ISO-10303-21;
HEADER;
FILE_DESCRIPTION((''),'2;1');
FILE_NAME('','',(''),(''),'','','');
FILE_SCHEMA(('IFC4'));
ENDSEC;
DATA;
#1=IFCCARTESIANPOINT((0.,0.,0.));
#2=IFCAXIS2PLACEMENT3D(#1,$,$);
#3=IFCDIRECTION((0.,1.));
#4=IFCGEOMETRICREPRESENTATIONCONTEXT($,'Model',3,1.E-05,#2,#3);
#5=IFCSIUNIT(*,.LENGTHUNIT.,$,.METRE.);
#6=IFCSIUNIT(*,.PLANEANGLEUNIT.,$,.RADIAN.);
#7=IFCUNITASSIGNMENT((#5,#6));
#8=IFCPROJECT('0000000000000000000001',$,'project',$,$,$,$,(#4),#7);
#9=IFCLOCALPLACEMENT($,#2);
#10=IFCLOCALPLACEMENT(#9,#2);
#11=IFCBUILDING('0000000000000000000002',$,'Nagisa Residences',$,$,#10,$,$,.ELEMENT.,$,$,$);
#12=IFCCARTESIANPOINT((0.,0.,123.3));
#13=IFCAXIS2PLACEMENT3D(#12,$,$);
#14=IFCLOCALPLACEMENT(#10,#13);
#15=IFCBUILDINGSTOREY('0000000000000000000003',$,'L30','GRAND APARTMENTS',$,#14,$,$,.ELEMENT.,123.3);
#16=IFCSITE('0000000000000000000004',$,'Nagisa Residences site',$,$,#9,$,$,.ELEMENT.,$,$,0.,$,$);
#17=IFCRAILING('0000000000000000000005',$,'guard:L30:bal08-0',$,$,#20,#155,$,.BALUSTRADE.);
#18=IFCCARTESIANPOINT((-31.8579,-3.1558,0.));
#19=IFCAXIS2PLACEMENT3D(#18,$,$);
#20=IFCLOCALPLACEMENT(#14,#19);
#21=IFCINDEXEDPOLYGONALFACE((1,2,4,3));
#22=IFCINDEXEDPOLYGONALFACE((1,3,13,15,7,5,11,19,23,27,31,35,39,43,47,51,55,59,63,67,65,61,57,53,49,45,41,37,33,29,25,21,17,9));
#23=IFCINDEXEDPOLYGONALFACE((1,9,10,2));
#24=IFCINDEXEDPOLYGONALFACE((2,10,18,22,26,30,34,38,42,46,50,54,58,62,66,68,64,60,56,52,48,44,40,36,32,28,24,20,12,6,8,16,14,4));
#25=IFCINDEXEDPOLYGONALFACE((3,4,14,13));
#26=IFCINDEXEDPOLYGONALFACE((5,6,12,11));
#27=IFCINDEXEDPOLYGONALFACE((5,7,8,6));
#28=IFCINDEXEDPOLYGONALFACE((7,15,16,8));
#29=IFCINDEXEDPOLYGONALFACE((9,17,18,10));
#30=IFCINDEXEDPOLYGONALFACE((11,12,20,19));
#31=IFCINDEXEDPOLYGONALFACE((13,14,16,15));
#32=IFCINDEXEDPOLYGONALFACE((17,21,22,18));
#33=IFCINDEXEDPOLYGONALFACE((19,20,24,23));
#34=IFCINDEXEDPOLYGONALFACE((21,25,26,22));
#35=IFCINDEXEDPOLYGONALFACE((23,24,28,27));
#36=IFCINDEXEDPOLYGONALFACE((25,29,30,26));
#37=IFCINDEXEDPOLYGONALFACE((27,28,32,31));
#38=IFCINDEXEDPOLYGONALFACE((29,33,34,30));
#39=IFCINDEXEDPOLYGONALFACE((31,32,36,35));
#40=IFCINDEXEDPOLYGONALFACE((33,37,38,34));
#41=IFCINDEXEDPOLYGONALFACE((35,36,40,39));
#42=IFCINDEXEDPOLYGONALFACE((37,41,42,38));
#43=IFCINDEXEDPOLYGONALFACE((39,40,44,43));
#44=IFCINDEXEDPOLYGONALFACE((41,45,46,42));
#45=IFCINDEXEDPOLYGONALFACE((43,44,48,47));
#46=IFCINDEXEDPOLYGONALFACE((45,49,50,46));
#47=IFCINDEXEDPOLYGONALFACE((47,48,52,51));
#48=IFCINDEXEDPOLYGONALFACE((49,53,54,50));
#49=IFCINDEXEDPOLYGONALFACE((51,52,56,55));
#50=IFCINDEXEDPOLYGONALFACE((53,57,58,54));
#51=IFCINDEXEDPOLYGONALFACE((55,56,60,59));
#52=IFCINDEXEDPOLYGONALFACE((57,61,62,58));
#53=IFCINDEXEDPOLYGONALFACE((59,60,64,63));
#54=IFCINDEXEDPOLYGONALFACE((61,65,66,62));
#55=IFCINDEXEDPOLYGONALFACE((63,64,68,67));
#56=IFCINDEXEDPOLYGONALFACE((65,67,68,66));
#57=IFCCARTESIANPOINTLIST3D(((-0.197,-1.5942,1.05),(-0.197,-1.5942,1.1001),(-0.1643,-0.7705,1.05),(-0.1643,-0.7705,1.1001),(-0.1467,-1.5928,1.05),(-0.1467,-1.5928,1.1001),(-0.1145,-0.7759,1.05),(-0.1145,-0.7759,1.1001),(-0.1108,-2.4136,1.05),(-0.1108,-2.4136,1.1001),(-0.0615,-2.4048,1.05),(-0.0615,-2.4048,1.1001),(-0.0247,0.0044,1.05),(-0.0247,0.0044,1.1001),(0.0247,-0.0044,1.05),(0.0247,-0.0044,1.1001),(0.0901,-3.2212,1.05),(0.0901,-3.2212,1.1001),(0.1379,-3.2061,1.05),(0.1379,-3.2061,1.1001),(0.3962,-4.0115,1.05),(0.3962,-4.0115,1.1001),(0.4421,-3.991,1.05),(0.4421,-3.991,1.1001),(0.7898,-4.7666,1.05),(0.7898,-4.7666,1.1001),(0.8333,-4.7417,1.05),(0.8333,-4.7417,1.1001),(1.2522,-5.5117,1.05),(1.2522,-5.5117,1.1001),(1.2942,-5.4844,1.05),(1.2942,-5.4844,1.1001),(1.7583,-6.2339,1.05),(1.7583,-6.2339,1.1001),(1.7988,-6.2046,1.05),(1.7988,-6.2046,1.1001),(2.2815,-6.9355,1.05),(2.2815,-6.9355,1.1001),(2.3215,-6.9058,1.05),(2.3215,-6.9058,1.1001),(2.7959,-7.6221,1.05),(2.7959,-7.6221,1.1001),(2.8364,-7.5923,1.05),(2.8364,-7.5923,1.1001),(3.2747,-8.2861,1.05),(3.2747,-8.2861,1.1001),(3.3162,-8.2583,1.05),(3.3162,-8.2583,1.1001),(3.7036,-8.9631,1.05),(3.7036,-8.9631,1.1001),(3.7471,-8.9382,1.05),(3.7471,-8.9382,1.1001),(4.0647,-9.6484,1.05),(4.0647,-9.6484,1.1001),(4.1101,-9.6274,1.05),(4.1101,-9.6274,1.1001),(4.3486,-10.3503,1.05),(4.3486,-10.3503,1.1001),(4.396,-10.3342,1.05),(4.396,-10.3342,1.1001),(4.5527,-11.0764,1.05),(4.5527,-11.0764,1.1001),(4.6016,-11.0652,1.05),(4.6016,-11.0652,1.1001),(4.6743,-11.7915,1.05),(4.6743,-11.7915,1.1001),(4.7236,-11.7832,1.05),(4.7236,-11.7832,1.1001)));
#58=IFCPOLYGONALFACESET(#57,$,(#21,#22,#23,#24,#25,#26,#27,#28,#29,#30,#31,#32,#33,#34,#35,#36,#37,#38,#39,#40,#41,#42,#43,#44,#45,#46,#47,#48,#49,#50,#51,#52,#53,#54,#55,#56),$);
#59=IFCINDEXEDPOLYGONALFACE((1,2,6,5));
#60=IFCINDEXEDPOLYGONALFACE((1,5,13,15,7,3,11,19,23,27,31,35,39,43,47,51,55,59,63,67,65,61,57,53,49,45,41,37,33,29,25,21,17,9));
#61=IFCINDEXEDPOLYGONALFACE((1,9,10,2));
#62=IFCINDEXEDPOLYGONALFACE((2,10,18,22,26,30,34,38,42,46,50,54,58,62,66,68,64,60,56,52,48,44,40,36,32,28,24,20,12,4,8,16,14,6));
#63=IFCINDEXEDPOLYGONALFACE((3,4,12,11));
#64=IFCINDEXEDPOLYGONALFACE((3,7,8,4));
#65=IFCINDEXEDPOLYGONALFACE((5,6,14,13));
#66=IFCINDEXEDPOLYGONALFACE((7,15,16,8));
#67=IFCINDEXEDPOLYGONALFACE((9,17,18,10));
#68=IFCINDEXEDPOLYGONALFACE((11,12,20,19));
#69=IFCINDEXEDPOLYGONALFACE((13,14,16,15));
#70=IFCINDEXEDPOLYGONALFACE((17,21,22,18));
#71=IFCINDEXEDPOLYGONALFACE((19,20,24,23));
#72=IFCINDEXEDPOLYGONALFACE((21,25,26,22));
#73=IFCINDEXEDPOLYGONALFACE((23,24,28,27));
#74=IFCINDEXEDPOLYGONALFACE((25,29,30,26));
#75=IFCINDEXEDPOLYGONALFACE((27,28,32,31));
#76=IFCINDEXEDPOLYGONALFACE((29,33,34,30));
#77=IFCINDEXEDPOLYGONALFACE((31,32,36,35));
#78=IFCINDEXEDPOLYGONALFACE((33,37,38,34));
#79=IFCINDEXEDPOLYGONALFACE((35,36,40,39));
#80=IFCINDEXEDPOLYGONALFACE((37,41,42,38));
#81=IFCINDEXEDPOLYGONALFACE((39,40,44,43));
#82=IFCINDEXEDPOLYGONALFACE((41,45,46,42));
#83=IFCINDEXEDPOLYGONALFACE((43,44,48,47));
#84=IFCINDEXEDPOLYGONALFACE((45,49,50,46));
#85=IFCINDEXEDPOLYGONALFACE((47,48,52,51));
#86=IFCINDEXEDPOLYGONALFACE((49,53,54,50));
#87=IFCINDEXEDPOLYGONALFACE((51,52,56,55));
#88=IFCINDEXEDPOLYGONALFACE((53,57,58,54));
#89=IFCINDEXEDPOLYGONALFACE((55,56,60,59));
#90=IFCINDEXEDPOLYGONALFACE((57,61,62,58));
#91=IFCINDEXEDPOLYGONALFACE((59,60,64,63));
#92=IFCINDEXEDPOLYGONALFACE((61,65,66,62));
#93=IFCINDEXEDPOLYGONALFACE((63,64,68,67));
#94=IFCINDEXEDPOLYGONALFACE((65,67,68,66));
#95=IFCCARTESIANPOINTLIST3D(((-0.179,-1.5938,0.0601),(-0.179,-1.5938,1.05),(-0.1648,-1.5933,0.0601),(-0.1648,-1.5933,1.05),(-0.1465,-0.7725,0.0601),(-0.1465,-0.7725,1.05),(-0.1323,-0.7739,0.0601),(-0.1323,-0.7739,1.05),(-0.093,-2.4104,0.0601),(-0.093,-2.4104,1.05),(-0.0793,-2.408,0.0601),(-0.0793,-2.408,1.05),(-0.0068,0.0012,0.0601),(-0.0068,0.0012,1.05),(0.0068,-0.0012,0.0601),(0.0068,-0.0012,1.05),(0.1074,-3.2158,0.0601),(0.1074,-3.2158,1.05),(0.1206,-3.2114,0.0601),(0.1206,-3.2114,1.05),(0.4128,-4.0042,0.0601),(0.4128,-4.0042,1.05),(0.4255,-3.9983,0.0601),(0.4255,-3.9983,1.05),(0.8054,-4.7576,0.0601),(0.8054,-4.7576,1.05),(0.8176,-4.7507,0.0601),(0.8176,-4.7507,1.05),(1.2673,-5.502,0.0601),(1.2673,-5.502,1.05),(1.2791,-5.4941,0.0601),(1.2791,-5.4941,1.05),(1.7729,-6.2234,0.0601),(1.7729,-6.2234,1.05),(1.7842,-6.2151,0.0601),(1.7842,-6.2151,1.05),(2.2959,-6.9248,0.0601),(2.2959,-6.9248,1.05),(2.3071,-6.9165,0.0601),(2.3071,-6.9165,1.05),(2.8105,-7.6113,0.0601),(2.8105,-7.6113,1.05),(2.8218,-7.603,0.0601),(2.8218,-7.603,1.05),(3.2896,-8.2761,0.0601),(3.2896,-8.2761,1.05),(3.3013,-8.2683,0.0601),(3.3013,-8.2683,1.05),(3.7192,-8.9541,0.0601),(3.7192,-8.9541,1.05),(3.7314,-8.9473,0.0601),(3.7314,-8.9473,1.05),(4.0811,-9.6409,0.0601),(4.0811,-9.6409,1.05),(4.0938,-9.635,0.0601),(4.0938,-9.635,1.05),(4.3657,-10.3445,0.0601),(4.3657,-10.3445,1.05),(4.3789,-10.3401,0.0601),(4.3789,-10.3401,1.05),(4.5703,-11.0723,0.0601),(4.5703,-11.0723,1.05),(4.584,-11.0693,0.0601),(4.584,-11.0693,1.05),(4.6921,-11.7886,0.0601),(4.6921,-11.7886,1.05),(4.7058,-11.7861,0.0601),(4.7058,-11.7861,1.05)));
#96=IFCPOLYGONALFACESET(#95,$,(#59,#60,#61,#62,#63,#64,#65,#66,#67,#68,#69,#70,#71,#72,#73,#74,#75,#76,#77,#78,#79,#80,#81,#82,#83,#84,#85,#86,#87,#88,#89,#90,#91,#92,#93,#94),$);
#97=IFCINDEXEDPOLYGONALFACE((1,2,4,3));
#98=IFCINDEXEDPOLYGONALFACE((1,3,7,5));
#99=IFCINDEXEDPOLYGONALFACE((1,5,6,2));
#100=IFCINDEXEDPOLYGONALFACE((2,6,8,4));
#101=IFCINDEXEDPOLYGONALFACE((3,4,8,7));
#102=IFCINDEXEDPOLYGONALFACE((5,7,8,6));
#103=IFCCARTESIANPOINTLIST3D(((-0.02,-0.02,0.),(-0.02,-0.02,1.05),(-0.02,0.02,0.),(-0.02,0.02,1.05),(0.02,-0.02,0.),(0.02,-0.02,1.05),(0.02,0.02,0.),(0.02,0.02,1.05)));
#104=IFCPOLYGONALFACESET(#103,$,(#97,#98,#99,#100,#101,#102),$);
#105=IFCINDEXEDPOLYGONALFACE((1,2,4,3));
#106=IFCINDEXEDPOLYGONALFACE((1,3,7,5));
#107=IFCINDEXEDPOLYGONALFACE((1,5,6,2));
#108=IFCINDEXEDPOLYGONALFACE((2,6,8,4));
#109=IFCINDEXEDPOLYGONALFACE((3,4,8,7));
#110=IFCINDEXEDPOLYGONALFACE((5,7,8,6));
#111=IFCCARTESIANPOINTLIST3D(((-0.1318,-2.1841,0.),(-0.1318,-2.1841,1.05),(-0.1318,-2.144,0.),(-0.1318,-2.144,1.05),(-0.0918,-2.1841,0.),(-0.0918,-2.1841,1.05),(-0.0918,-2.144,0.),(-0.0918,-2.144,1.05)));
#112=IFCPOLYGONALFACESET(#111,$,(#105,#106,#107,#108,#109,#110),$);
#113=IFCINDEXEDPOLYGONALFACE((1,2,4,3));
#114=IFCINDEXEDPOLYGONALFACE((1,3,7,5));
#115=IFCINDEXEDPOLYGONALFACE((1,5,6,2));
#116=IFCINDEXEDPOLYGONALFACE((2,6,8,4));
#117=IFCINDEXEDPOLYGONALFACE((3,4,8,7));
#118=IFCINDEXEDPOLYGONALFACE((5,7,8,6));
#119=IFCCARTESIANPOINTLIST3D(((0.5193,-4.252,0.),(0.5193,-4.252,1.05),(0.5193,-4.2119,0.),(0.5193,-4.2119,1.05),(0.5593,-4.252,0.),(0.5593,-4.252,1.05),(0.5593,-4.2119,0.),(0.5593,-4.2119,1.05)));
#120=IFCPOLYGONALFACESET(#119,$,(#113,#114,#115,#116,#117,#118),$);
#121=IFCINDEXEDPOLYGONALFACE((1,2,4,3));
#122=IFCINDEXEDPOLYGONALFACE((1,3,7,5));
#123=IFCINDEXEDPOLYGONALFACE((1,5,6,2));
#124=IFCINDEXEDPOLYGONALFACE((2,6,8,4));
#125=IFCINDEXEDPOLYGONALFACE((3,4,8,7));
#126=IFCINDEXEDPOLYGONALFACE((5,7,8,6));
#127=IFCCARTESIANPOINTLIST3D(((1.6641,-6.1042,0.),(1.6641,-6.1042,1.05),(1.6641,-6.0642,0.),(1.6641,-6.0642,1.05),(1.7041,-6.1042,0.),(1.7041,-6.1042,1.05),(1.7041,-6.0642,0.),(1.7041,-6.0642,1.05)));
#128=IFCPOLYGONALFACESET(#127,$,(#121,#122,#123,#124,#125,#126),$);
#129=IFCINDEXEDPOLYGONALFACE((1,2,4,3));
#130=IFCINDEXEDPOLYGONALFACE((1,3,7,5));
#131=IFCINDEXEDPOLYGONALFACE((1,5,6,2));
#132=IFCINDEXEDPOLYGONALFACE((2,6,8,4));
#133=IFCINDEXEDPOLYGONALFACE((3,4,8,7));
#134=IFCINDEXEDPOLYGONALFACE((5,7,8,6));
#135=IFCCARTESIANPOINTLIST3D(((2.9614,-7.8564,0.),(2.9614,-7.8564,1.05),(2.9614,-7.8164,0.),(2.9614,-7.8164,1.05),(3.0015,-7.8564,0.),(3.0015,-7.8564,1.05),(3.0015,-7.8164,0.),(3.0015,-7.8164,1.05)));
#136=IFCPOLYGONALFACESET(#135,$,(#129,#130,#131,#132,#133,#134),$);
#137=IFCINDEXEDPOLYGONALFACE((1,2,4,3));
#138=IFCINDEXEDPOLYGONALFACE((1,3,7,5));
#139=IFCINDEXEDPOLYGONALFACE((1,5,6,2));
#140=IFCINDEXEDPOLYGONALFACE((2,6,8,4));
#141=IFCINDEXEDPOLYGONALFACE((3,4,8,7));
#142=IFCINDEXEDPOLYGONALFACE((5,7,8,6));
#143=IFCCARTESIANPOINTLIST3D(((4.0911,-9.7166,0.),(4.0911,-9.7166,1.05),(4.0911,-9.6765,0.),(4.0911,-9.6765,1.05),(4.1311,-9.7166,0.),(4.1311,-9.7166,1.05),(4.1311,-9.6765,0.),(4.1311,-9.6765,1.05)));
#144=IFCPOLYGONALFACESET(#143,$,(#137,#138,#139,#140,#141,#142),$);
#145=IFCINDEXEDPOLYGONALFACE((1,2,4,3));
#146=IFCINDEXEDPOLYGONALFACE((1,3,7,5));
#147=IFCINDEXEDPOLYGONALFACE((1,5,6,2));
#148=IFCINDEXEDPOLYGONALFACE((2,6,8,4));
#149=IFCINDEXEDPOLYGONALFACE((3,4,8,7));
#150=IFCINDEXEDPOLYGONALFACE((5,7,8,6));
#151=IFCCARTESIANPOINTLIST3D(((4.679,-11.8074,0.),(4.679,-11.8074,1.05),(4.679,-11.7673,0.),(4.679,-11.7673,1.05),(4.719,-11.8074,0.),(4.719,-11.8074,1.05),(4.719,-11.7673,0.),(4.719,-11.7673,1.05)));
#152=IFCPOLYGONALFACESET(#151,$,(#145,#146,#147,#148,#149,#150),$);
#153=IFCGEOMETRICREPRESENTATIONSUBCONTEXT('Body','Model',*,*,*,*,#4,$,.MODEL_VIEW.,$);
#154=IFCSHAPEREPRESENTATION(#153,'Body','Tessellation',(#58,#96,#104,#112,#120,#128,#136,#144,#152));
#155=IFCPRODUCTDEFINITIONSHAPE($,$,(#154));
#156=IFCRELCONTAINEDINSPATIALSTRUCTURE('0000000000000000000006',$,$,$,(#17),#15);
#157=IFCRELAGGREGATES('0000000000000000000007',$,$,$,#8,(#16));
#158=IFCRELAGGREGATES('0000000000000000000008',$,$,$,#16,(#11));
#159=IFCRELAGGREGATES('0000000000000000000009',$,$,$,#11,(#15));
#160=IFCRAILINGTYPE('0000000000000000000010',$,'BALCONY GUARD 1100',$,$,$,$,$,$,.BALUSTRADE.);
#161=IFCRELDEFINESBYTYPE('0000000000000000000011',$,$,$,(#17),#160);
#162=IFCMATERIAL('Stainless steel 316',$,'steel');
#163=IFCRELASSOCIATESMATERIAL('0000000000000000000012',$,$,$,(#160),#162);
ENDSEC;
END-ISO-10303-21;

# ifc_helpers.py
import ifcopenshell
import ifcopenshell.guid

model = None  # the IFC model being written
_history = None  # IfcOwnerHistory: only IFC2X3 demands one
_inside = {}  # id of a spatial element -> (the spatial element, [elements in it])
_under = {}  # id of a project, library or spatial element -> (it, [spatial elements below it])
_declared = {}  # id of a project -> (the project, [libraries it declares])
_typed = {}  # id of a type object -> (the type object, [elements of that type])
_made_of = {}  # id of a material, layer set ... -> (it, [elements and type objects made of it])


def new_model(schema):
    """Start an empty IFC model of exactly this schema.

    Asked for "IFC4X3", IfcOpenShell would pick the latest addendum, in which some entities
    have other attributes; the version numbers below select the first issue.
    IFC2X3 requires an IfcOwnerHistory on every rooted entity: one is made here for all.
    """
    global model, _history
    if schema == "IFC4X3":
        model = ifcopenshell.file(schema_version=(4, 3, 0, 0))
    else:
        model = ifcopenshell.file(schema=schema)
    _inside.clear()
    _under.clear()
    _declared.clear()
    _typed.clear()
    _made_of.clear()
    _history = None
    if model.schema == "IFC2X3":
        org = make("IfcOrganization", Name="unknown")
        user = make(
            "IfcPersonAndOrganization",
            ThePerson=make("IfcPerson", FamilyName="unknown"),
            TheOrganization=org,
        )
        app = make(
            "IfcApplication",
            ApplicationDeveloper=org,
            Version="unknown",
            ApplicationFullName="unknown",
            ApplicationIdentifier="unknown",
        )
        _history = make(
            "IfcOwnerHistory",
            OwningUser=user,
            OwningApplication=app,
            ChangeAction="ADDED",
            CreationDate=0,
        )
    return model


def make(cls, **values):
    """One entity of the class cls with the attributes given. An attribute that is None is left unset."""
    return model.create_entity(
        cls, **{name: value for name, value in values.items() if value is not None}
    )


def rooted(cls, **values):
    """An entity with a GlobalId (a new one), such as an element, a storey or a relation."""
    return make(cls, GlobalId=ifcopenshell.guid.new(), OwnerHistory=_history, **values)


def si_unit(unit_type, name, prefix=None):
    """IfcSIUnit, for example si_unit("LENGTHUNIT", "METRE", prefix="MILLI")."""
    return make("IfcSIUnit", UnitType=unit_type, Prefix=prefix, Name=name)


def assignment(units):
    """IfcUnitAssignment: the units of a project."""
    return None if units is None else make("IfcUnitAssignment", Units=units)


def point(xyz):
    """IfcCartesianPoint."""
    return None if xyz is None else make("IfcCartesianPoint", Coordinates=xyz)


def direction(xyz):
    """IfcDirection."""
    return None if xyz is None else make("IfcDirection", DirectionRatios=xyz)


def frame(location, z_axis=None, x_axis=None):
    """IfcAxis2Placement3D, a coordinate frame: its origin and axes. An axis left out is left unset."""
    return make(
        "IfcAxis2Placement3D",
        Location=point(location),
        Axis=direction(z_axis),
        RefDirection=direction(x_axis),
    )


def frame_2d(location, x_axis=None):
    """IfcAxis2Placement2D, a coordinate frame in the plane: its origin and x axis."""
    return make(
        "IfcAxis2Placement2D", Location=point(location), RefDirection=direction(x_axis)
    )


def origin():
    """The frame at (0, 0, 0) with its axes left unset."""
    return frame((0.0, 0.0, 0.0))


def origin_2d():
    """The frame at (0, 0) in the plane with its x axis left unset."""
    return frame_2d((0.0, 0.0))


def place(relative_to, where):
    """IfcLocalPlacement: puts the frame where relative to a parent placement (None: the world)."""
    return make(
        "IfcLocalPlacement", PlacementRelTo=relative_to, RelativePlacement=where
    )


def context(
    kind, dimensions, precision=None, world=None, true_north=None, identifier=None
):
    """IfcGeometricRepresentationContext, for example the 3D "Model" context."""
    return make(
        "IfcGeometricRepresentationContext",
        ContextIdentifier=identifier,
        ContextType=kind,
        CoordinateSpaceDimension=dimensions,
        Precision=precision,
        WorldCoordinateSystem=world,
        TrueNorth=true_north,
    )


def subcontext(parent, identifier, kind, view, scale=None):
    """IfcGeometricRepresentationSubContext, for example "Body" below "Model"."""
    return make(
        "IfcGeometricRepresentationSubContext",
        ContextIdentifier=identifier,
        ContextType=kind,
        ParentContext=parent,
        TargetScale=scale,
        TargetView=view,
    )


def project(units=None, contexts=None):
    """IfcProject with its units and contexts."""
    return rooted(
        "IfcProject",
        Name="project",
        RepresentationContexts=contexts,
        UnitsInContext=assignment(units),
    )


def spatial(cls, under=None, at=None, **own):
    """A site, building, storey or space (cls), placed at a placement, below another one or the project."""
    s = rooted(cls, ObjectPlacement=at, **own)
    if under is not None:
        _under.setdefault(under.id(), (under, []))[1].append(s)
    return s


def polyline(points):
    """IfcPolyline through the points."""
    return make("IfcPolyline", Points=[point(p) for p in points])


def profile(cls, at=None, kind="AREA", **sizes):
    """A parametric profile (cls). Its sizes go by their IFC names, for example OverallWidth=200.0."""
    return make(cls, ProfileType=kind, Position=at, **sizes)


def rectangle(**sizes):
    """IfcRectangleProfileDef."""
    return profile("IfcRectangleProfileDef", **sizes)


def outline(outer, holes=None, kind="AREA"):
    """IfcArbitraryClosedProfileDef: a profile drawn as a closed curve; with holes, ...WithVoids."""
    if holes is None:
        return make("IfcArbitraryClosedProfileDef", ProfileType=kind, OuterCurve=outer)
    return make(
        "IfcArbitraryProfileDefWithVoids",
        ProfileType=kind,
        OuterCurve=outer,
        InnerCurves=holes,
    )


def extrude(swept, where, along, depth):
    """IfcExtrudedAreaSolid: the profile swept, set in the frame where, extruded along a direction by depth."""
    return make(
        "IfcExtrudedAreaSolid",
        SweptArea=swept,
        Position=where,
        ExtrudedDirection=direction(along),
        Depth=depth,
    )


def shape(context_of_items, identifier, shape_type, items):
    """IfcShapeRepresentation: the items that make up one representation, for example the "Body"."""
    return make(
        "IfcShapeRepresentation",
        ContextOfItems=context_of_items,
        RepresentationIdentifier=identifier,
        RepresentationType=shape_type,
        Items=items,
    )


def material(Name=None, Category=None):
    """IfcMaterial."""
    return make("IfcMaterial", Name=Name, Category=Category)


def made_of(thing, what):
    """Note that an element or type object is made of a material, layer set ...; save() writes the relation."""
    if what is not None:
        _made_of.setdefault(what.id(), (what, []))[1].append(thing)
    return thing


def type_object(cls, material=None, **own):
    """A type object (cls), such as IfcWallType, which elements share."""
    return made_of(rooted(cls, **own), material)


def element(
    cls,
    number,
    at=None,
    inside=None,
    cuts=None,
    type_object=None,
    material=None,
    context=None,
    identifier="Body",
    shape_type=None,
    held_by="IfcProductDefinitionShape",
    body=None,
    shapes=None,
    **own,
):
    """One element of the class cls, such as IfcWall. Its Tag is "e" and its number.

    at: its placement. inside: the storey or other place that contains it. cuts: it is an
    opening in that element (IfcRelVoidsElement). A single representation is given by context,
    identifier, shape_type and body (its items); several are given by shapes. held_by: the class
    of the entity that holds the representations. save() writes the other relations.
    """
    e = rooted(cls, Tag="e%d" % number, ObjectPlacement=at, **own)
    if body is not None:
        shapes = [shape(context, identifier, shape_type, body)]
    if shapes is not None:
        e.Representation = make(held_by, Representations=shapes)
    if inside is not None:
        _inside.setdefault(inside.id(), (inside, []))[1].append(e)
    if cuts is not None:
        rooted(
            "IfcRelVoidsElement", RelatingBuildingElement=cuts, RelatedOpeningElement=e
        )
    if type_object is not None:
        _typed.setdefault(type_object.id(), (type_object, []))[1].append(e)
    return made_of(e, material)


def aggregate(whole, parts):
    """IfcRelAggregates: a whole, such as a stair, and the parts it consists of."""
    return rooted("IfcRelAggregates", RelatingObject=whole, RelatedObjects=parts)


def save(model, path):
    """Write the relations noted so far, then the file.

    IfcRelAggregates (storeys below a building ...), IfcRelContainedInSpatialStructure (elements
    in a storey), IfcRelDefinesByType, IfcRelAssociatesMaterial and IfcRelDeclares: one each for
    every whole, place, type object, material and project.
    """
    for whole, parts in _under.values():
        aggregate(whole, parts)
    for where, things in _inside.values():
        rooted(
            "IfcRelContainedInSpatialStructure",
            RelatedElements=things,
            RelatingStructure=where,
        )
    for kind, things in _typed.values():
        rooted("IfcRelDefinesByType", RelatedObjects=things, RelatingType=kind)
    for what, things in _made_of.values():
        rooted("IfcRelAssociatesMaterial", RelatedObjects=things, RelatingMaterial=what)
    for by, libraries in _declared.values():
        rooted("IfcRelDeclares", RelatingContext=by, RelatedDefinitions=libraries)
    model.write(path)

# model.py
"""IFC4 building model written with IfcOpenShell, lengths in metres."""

from ifc_helpers import new_model, si_unit, direction, frame, origin, origin_2d, place, context, subcontext, project, spatial, polyline, rectangle, outline, extrude, material, type_object, element, save


model = new_model("IFC4")

# Units and contexts
model_context = context("Model", 3, precision=1e-05, world=origin(), true_north=direction((0.0, 1.0)))
body_context = subcontext(model_context, "Body", "Model", "MODEL_VIEW")
ifc_project = project(units=[si_unit("LENGTHUNIT", "METRE"), si_unit("PLANEANGLEUNIT", "RADIAN")], contexts=[model_context])

# Site, building, storey
site_placement = place(None, origin())
site = spatial("IfcSite", under=ifc_project, at=site_placement, Name="Nagisa Residences site", CompositionType="ELEMENT", RefElevation=0.0)
building_placement = place(site_placement, origin())
building = spatial("IfcBuilding", under=site, at=building_placement, Name="Nagisa Residences", CompositionType="ELEMENT")
storey_placement = place(building_placement, frame((0.0, 0.0, 123.3)))
storey = spatial("IfcBuildingStorey", under=building, at=storey_placement, Name="L30", Description="GRAND APARTMENTS", CompositionType="ELEMENT", Elevation=123.3)

# Railing
ifc_material_1 = material(Name="Stainless steel 316", Category="steel")
railing_type = type_object("IfcRailingType", Name="BALCONY GUARD 1100", PredefinedType="BALUSTRADE", material=ifc_material_1)
railing_1_placement = place(storey_placement, frame((-31.8579, -3.1558, 0.0)))
element("IfcRailing", 1, at=railing_1_placement, inside=storey, type_object=railing_type, Name="guard:L30:bal08-0", PredefinedType="BALUSTRADE", context=body_context, shape_type="SweptSolid", body=[
    extrude(outline(polyline([(-0.1145, -0.7759), (0.0247, -0.0044), (-0.0247, 0.0044), (-0.1643, -0.7705), (-0.197, -1.5942), (-0.1108, -2.4136), (0.0901, -3.2212), (0.3962, -4.0115), (0.7898, -4.7666), (1.2522, -5.5117), (1.7583, -6.2339), (2.2815, -6.9355), (2.7959, -7.6221), (3.2747, -8.2861), (3.7036, -8.9631), (4.0647, -9.6484), (4.3486, -10.3503), (4.5527, -11.0764), (4.6743, -11.7915), (4.7236, -11.7832), (4.6016, -11.0652), (4.396, -10.3342), (4.1101, -9.6274), (3.7471, -8.9382), (3.3162, -8.2583), (2.8364, -7.5923), (2.3215, -6.9058), (1.7988, -6.2046), (1.2942, -5.4844), (0.8333, -4.7417), (0.4421, -3.991), (0.1379, -3.2061), (-0.0615, -2.4048), (-0.1467, -1.5928), (-0.1145, -0.7759)])), frame((0.0, 0.0, 1.05)), (0.0, 0.0, 1.0), 0.05),
    extrude(outline(polyline([(-0.1323, -0.7739), (0.0068, -0.0012), (-0.0068, 0.0012), (-0.1465, -0.7725), (-0.179, -1.5938), (-0.093, -2.4104), (0.1074, -3.2158), (0.4128, -4.0042), (0.8054, -4.7576), (1.2673, -5.502), (1.7729, -6.2234), (2.2959, -6.9248), (2.8105, -7.6113), (3.2896, -8.2761), (3.7192, -8.9541), (4.0811, -9.6409), (4.3657, -10.3445), (4.5703, -11.0723), (4.6921, -11.7886), (4.7058, -11.7861), (4.584, -11.0693), (4.3789, -10.3401), (4.0938, -9.635), (3.7314, -8.9473), (3.3013, -8.2683), (2.8218, -7.603), (2.3071, -6.9165), (1.7842, -6.2151), (1.2791, -5.4941), (0.8176, -4.7507), (0.4255, -3.9983), (0.1206, -3.2114), (-0.0793, -2.408), (-0.1648, -1.5933), (-0.1323, -0.7739)])), frame((0.0, 0.0, 0.0601)), (0.0, 0.0, 1.0), 0.99),
    extrude(rectangle(XDim=0.04, YDim=0.04, at=origin_2d()), origin(), (0.0, 0.0, 1.0), 1.05),
    extrude(rectangle(XDim=0.04, YDim=0.04, at=origin_2d()), frame((-0.1118, -2.1641, 0.0)), (0.0, 0.0, 1.0), 1.05),
    extrude(rectangle(XDim=0.04, YDim=0.04, at=origin_2d()), frame((0.5393, -4.2319, 0.0)), (0.0, 0.0, 1.0), 1.05),
    extrude(rectangle(XDim=0.04, YDim=0.04, at=origin_2d()), frame((1.6841, -6.0842, 0.0)), (0.0, 0.0, 1.0), 1.05),
    extrude(rectangle(XDim=0.04, YDim=0.04, at=origin_2d()), frame((2.9814, -7.8364, 0.0)), (0.0, 0.0, 1.0), 1.05),
    extrude(rectangle(XDim=0.04, YDim=0.04, at=origin_2d()), frame((4.1111, -9.6965, 0.0)), (0.0, 0.0, 1.0), 1.05),
    extrude(rectangle(XDim=0.04, YDim=0.04, at=origin_2d()), frame((4.699, -11.7874, 0.0)), (0.0, 0.0, 1.0), 1.05),
])

save(model, "model.ifc")
